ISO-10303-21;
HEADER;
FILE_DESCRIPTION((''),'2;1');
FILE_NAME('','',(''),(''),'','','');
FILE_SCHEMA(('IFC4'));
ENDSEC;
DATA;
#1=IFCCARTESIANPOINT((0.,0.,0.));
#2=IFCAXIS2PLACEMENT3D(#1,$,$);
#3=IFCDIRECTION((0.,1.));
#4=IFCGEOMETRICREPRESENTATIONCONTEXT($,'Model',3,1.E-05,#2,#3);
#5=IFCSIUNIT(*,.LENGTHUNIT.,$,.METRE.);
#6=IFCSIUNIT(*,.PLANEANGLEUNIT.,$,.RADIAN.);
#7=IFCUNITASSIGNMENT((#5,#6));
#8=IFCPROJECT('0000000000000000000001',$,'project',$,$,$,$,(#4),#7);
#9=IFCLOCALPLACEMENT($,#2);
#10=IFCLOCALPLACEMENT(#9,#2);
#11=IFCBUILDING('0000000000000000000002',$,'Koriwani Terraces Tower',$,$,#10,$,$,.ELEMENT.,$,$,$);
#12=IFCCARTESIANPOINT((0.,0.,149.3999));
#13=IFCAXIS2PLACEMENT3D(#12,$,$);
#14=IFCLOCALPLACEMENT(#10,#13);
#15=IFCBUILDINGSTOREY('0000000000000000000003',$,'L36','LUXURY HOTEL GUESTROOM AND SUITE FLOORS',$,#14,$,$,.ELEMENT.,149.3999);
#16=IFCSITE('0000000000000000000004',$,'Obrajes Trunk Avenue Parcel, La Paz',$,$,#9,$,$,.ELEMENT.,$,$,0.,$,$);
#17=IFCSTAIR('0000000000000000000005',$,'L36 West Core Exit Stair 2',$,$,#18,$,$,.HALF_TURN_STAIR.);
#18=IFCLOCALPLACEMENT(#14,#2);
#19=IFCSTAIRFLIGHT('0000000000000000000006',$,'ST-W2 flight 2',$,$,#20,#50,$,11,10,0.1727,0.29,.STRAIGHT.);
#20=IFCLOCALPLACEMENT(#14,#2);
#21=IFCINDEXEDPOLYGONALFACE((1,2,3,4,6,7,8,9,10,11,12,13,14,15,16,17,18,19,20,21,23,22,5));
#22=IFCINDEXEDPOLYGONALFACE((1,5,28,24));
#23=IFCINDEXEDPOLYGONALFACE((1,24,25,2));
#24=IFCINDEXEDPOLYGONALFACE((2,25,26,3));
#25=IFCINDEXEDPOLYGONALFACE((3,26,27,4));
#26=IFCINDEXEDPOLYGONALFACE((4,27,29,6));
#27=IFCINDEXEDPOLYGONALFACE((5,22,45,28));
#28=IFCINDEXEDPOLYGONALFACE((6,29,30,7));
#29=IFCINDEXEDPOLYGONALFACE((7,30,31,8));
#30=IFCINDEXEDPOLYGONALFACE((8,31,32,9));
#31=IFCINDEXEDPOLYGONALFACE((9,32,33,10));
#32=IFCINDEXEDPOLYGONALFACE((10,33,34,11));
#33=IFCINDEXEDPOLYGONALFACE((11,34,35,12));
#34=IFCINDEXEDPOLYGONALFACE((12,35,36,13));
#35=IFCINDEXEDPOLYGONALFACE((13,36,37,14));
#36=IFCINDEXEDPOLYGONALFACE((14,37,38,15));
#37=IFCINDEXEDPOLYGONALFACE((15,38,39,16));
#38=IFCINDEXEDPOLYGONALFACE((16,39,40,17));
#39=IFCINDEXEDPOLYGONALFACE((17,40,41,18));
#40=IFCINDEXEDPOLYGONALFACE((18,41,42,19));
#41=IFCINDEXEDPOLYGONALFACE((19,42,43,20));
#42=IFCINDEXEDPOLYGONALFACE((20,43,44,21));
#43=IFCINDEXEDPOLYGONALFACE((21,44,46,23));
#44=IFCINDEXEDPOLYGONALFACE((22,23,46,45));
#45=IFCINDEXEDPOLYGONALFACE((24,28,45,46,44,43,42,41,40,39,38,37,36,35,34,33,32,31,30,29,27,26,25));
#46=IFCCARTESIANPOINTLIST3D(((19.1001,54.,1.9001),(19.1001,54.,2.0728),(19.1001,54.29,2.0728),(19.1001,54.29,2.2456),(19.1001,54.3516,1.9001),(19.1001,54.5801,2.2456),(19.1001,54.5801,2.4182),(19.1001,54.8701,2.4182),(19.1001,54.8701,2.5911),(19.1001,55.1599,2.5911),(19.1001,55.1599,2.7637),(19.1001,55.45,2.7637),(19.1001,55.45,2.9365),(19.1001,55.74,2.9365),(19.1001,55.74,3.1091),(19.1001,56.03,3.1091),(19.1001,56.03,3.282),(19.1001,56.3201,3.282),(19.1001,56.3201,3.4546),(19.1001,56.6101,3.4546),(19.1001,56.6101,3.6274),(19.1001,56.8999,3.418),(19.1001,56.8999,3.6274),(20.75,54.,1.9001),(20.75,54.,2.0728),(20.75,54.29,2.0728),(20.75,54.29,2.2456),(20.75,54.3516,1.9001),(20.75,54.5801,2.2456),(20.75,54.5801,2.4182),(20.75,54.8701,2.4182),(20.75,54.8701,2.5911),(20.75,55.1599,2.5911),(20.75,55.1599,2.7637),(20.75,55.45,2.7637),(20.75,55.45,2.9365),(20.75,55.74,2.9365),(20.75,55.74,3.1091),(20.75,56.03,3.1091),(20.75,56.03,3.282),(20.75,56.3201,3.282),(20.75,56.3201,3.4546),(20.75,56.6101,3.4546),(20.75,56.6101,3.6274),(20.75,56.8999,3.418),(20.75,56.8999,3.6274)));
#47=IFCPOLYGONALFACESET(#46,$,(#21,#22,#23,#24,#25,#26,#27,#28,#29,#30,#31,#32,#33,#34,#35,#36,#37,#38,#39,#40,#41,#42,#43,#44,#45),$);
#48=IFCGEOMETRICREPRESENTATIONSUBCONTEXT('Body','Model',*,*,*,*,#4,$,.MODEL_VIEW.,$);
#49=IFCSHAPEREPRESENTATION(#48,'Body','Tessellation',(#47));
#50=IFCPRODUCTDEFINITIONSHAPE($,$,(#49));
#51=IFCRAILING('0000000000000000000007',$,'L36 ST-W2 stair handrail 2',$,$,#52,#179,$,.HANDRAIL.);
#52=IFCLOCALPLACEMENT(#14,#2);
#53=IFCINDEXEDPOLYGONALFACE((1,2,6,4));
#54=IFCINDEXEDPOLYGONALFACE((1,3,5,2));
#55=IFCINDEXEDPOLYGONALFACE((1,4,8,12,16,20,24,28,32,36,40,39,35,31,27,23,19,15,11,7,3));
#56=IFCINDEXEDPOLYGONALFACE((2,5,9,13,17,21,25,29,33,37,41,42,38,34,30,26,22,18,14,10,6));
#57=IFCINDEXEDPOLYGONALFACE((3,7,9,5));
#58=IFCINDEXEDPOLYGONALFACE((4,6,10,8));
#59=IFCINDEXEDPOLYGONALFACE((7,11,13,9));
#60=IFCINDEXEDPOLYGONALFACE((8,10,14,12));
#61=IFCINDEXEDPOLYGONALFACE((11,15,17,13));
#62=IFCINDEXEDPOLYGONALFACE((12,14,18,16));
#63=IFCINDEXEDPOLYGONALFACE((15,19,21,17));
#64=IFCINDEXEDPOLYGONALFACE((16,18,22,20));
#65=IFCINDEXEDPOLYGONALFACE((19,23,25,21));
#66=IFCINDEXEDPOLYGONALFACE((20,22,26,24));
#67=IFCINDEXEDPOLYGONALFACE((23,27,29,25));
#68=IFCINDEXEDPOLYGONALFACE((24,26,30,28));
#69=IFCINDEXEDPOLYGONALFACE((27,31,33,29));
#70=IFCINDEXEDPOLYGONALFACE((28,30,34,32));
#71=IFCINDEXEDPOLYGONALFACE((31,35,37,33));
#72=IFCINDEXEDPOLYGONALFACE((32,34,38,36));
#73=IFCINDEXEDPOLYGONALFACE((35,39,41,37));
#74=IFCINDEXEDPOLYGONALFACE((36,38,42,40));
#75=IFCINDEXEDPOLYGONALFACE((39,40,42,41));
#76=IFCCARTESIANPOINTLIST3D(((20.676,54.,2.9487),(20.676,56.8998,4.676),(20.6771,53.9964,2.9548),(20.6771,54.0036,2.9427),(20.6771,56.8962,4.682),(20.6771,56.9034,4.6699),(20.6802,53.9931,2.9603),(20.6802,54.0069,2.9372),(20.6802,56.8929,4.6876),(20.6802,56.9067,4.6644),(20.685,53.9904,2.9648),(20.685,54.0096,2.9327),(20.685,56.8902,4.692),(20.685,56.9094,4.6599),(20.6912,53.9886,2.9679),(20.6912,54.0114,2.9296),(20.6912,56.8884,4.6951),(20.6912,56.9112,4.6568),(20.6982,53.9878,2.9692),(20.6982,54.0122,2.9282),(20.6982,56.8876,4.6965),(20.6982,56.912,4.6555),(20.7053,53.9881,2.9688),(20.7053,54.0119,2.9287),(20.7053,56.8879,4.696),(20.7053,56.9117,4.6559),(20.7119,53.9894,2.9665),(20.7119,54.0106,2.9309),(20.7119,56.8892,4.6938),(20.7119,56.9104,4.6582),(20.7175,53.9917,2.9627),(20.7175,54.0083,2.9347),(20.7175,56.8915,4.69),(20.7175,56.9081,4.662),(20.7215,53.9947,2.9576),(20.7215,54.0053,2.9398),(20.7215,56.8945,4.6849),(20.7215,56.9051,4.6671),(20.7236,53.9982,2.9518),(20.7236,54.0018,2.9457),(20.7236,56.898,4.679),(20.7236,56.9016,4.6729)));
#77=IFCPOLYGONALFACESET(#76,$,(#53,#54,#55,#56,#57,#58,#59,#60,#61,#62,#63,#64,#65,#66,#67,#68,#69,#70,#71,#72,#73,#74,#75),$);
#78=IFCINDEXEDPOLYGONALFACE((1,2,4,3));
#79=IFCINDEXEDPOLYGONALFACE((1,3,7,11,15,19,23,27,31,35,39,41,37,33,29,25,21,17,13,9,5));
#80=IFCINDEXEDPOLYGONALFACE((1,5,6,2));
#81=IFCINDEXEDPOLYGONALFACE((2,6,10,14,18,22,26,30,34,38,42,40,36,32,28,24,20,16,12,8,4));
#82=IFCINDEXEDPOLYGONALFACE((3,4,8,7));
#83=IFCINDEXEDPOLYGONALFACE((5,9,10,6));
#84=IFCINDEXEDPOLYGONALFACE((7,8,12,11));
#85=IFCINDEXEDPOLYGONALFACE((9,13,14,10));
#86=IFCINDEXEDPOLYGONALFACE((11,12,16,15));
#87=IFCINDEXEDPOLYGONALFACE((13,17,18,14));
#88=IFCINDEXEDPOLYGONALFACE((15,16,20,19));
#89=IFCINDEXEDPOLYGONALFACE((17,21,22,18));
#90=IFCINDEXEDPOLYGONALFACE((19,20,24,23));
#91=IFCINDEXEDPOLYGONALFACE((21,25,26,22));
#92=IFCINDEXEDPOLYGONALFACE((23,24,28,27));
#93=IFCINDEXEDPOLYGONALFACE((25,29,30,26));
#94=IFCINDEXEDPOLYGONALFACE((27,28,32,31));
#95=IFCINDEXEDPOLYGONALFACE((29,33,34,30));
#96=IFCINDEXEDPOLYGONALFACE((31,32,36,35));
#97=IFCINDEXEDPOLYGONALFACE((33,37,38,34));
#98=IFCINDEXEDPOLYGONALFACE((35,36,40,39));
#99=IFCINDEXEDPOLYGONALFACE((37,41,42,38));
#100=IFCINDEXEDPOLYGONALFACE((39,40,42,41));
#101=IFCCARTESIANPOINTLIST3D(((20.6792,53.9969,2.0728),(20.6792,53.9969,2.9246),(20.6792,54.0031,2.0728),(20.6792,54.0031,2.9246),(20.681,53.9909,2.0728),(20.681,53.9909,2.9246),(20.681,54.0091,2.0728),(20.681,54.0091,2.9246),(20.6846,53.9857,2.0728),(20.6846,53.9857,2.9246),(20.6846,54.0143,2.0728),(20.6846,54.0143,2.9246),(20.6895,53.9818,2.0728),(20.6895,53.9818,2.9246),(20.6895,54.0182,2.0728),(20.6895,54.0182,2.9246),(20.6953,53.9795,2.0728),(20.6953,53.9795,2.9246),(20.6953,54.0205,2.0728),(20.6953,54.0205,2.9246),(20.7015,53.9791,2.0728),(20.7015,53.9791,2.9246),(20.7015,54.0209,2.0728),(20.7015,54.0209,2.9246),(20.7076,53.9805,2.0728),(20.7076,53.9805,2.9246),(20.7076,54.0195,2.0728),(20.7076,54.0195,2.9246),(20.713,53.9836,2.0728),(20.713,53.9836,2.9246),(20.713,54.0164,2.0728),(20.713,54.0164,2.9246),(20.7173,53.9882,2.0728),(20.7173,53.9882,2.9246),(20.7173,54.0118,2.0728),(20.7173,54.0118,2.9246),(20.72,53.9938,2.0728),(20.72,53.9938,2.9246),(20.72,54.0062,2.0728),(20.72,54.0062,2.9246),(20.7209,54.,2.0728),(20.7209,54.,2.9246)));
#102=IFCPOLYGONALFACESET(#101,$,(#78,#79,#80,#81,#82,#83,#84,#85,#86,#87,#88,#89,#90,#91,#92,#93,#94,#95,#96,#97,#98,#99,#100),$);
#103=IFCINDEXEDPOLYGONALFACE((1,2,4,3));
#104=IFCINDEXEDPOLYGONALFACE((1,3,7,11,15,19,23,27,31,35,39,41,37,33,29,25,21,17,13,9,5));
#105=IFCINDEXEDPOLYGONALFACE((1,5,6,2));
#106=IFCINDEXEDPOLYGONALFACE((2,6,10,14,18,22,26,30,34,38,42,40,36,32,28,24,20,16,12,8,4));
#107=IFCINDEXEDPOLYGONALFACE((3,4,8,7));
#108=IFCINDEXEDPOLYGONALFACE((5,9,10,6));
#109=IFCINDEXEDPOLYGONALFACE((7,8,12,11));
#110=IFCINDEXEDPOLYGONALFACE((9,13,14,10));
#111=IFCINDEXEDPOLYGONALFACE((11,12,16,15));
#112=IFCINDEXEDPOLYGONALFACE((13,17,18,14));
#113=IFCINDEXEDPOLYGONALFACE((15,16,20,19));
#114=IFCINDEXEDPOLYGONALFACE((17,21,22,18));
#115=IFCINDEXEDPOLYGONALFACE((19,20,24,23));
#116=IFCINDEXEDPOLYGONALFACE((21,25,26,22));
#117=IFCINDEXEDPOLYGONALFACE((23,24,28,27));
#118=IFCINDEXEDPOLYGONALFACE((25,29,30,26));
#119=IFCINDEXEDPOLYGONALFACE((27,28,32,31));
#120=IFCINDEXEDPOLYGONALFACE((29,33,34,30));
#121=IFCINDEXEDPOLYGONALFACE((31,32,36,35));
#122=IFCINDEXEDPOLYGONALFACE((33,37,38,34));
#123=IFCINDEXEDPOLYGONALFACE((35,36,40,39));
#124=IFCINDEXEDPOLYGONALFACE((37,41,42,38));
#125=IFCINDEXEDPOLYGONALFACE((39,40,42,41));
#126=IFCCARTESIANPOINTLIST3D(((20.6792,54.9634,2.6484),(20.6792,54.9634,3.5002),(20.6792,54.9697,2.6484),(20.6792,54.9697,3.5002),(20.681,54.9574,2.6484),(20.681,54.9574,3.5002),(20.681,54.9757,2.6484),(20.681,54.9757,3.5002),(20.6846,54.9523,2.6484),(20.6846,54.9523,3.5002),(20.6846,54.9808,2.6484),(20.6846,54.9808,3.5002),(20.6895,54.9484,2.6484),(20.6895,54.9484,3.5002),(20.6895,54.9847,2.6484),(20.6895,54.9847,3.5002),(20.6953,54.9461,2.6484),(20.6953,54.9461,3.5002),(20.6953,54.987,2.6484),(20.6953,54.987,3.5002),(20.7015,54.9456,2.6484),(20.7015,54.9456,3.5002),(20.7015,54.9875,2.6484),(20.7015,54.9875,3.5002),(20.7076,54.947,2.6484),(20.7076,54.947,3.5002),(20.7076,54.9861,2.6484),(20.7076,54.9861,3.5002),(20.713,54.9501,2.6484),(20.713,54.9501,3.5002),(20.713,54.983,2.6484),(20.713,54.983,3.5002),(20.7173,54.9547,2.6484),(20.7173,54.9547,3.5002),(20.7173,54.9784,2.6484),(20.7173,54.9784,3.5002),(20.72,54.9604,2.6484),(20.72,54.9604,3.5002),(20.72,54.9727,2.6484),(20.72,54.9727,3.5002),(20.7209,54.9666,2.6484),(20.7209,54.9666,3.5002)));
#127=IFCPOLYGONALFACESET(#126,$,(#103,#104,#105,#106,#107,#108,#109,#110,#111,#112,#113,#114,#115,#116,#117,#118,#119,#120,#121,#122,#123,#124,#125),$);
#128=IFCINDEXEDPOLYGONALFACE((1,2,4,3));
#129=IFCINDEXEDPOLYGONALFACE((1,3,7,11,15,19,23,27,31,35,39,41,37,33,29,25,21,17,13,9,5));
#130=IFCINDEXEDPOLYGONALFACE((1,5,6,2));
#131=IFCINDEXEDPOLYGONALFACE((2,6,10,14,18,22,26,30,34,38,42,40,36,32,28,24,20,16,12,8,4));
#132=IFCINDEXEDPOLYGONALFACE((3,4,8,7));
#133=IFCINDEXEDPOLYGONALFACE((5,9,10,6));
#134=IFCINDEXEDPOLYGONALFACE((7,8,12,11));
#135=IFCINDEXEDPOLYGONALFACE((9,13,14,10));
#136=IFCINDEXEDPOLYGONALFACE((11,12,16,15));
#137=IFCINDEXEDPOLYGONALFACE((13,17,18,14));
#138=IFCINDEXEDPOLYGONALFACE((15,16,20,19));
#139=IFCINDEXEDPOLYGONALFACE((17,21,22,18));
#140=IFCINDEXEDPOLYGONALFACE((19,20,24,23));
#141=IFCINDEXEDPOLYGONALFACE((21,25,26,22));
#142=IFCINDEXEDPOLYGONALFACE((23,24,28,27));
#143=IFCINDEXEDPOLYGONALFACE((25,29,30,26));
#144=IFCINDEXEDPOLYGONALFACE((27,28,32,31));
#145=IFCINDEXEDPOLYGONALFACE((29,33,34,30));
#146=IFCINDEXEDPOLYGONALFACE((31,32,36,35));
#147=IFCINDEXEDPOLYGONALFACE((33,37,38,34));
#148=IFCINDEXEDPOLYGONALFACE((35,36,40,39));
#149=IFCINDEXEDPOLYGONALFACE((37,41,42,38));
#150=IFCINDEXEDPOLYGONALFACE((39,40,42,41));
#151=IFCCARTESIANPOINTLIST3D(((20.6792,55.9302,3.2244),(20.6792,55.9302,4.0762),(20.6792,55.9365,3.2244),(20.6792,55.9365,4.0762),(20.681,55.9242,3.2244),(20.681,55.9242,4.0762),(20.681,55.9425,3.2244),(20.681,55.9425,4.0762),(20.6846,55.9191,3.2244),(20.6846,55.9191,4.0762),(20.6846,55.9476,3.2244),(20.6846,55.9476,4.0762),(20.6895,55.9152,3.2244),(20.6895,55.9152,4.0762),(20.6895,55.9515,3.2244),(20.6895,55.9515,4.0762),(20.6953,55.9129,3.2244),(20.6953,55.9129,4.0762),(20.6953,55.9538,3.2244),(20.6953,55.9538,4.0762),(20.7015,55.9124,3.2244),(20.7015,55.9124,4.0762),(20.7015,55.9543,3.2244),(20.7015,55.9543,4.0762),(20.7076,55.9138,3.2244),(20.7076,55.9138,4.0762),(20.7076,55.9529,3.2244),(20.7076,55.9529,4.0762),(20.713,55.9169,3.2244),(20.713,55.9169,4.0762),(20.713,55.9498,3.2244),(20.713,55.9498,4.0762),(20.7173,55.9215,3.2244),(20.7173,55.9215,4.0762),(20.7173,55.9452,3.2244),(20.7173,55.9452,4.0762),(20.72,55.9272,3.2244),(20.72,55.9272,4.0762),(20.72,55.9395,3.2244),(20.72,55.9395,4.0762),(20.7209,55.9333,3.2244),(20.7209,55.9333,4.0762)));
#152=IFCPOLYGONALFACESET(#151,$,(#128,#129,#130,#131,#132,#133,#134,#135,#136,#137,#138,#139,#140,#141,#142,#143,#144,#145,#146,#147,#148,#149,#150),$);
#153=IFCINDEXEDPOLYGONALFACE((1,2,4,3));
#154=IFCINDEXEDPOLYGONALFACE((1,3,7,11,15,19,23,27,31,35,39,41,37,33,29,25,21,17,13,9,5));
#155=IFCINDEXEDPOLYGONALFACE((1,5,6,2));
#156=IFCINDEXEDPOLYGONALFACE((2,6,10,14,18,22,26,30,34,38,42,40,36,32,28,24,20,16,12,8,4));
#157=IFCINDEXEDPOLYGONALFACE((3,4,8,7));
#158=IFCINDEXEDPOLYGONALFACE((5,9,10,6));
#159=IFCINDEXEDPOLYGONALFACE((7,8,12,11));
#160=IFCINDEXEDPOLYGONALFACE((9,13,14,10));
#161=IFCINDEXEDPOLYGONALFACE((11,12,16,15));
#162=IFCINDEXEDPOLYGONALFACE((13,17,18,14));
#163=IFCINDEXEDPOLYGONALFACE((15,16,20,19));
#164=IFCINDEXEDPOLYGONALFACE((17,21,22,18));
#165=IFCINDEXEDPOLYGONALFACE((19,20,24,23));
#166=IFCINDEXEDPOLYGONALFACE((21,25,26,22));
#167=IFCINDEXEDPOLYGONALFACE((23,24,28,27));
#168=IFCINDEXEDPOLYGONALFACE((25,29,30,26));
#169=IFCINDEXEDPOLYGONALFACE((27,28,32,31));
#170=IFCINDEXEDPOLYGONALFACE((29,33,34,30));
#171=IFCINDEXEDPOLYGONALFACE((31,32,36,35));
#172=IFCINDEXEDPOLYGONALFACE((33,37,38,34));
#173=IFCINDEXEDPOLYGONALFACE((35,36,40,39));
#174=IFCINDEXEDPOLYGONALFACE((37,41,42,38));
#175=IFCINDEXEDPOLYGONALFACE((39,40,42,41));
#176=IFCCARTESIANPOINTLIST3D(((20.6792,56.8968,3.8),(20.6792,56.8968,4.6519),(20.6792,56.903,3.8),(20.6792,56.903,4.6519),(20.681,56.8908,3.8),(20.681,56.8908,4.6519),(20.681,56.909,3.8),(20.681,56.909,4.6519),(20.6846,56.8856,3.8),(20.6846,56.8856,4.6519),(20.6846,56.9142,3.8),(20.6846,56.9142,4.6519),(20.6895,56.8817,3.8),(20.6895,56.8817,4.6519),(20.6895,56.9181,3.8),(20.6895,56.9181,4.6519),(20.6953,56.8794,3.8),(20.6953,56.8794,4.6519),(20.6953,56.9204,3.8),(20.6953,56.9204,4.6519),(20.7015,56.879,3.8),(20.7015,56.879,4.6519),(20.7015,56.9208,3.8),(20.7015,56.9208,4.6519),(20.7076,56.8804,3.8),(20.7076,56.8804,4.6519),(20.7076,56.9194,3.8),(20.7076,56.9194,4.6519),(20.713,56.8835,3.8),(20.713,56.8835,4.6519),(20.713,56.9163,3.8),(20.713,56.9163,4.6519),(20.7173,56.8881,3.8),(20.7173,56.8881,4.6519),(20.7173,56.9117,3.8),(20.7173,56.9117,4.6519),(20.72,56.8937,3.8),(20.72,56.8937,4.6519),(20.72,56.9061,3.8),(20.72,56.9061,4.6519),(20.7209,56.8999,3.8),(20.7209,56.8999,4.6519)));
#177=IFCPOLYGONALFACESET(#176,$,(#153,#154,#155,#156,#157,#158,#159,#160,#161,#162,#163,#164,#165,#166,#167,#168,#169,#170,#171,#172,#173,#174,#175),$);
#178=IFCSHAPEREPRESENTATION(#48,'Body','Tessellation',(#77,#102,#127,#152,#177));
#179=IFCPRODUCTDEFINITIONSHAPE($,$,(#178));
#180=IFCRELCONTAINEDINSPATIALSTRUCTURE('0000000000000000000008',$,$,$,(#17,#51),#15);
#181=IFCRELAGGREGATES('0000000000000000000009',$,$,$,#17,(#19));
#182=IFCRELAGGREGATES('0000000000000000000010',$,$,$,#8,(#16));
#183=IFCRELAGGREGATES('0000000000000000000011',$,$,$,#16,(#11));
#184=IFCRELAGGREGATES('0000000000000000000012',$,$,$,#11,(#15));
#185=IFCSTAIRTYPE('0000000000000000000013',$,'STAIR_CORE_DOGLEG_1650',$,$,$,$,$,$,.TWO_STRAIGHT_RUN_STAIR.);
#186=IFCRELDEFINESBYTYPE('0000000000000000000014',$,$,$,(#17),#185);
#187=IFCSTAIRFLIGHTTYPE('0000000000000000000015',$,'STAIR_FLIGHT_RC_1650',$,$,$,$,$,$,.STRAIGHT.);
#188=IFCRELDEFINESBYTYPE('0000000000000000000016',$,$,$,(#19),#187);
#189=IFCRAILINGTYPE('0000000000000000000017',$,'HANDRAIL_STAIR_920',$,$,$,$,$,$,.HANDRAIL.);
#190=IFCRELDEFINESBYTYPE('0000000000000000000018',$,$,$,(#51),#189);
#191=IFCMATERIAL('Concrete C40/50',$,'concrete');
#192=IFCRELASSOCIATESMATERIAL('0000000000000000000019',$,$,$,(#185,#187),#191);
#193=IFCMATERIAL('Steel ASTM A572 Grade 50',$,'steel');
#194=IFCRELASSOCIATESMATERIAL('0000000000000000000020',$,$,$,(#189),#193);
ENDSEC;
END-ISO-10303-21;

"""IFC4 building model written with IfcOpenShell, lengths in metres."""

from ifc_helpers import new_model, si_unit, direction, frame, origin, origin_2d, place, context, subcontext, project, spatial, polyline, circle, outline, extrude, material, type_object, element, aggregate, save


model = new_model("IFC4")

# Units and contexts
model_context = context("Model", 3, precision=1e-05, world=origin(), true_north=direction((0.0, 1.0)))
body_context = subcontext(model_context, "Body", "Model", "MODEL_VIEW")
ifc_project = project(units=[si_unit("LENGTHUNIT", "METRE"), si_unit("PLANEANGLEUNIT", "RADIAN")], contexts=[model_context])

# Site, building, storey
site_placement = place(None, origin())
site = spatial("IfcSite", under=ifc_project, at=site_placement, Name="Obrajes Trunk Avenue Parcel, La Paz", CompositionType="ELEMENT", RefElevation=0.0)
building_placement = place(site_placement, origin())
building = spatial("IfcBuilding", under=site, at=building_placement, Name="Koriwani Terraces Tower", CompositionType="ELEMENT")
storey_placement = place(building_placement, frame((0.0, 0.0, 149.3999)))
storey = spatial("IfcBuildingStorey", under=building, at=storey_placement, Name="L36", Description="LUXURY HOTEL GUESTROOM AND SUITE FLOORS", CompositionType="ELEMENT", Elevation=149.3999)

# Shared definitions
ifc_material_1 = material(Name="Steel ASTM A572 Grade 50", Category="steel")

# Shared definitions
ifc_material_2 = material(Name="Concrete C40/50", Category="concrete")

# Stair, stair flight
stair_type = type_object("IfcStairType", Name="STAIR_CORE_DOGLEG_1650", PredefinedType="TWO_STRAIGHT_RUN_STAIR", material=ifc_material_2)
stair_placement = place(storey_placement, origin())
stair = element("IfcStair", 1, at=stair_placement, inside=storey, type_object=stair_type, Name="L36 West Core Exit Stair 2", PredefinedType="HALF_TURN_STAIR")
stair_flight_type = type_object("IfcStairFlightType", Name="STAIR_FLIGHT_RC_1650", PredefinedType="STRAIGHT", material=ifc_material_2)
stair_flight_placement = place(storey_placement, frame((19.925, 54.0, 1.9001), z_axis=(0.0, 0.0, 1.0), x_axis=(0.0, 1.0, 0.0)))
stair_flight = element("IfcStairFlight", 2, at=stair_flight_placement, type_object=stair_flight_type, Name="ST-W2 flight 2", NumberOfRisers=11, NumberOfTreads=10, PredefinedType="STRAIGHT", RiserHeight=0.1727, TreadLength=0.29, context=body_context, shape_type="SweptSolid", body=[
    extrude(outline(polyline([(0.0, 0.0), (0.0, 0.1726), (0.29, 0.1726), (0.29, 0.3455), (0.5801, 0.3455), (0.5801, 0.5181), (0.8701, 0.5181), (0.8701, 0.6909), (1.1599, 0.6909), (1.1599, 0.8635), (1.45, 0.8635), (1.45, 1.0364), (1.74, 1.0364), (1.74, 1.209), (2.03, 1.209), (2.03, 1.3818), (2.3201, 1.3818), (2.3201, 1.5544), (2.6101, 1.5544), (2.6101, 1.7273), (2.8999, 1.7273), (2.8999, 1.8999), (2.8999, 1.5178), (0.3516, 0.0), (0.0, 0.0)])), frame((0.0, 0.825, 0.0), z_axis=(0.0, -1.0, 0.0), x_axis=(1.0, 0.0, 0.0)), (0.0, 0.0, 1.0), 1.6499),
])
aggregate(stair, [stair_flight])

# Railing
railing_type = type_object("IfcRailingType", Name="HANDRAIL_STAIR_920", PredefinedType="HANDRAIL", material=ifc_material_1)
railing_placement = place(storey_placement, frame((20.7, 54.0, 2.0728)))
element("IfcRailing", 3, at=railing_placement, inside=storey, type_object=railing_type, Name="L36 ST-W2 stair handrail 2", PredefinedType="HANDRAIL", context=body_context, shape_type="SweptSolid", body=[
    extrude(circle(Radius=0.0239, at=origin_2d()), frame((0.0, 0.0, 0.876), z_axis=(0.0, 0.859141, 0.511738), x_axis=(-1.0, 0.0, 0.0)), (0.0, 0.0, 1.0), 3.3752),
    extrude(circle(Radius=0.021, at=origin_2d()), origin(), (0.0, 0.0, 1.0), 0.8518),
    extrude(circle(Radius=0.021, at=origin_2d()), frame((0.0, 0.9666, 0.5757)), (0.0, 0.0, 1.0), 0.8518),
    extrude(circle(Radius=0.021, at=origin_2d()), frame((0.0, 1.9333, 1.1516)), (0.0, 0.0, 1.0), 0.8518),
    extrude(circle(Radius=0.021, at=origin_2d()), frame((0.0, 2.8999, 1.7273)), (0.0, 0.0, 1.0), 0.8518),
])

save(model, "model.ifc")
